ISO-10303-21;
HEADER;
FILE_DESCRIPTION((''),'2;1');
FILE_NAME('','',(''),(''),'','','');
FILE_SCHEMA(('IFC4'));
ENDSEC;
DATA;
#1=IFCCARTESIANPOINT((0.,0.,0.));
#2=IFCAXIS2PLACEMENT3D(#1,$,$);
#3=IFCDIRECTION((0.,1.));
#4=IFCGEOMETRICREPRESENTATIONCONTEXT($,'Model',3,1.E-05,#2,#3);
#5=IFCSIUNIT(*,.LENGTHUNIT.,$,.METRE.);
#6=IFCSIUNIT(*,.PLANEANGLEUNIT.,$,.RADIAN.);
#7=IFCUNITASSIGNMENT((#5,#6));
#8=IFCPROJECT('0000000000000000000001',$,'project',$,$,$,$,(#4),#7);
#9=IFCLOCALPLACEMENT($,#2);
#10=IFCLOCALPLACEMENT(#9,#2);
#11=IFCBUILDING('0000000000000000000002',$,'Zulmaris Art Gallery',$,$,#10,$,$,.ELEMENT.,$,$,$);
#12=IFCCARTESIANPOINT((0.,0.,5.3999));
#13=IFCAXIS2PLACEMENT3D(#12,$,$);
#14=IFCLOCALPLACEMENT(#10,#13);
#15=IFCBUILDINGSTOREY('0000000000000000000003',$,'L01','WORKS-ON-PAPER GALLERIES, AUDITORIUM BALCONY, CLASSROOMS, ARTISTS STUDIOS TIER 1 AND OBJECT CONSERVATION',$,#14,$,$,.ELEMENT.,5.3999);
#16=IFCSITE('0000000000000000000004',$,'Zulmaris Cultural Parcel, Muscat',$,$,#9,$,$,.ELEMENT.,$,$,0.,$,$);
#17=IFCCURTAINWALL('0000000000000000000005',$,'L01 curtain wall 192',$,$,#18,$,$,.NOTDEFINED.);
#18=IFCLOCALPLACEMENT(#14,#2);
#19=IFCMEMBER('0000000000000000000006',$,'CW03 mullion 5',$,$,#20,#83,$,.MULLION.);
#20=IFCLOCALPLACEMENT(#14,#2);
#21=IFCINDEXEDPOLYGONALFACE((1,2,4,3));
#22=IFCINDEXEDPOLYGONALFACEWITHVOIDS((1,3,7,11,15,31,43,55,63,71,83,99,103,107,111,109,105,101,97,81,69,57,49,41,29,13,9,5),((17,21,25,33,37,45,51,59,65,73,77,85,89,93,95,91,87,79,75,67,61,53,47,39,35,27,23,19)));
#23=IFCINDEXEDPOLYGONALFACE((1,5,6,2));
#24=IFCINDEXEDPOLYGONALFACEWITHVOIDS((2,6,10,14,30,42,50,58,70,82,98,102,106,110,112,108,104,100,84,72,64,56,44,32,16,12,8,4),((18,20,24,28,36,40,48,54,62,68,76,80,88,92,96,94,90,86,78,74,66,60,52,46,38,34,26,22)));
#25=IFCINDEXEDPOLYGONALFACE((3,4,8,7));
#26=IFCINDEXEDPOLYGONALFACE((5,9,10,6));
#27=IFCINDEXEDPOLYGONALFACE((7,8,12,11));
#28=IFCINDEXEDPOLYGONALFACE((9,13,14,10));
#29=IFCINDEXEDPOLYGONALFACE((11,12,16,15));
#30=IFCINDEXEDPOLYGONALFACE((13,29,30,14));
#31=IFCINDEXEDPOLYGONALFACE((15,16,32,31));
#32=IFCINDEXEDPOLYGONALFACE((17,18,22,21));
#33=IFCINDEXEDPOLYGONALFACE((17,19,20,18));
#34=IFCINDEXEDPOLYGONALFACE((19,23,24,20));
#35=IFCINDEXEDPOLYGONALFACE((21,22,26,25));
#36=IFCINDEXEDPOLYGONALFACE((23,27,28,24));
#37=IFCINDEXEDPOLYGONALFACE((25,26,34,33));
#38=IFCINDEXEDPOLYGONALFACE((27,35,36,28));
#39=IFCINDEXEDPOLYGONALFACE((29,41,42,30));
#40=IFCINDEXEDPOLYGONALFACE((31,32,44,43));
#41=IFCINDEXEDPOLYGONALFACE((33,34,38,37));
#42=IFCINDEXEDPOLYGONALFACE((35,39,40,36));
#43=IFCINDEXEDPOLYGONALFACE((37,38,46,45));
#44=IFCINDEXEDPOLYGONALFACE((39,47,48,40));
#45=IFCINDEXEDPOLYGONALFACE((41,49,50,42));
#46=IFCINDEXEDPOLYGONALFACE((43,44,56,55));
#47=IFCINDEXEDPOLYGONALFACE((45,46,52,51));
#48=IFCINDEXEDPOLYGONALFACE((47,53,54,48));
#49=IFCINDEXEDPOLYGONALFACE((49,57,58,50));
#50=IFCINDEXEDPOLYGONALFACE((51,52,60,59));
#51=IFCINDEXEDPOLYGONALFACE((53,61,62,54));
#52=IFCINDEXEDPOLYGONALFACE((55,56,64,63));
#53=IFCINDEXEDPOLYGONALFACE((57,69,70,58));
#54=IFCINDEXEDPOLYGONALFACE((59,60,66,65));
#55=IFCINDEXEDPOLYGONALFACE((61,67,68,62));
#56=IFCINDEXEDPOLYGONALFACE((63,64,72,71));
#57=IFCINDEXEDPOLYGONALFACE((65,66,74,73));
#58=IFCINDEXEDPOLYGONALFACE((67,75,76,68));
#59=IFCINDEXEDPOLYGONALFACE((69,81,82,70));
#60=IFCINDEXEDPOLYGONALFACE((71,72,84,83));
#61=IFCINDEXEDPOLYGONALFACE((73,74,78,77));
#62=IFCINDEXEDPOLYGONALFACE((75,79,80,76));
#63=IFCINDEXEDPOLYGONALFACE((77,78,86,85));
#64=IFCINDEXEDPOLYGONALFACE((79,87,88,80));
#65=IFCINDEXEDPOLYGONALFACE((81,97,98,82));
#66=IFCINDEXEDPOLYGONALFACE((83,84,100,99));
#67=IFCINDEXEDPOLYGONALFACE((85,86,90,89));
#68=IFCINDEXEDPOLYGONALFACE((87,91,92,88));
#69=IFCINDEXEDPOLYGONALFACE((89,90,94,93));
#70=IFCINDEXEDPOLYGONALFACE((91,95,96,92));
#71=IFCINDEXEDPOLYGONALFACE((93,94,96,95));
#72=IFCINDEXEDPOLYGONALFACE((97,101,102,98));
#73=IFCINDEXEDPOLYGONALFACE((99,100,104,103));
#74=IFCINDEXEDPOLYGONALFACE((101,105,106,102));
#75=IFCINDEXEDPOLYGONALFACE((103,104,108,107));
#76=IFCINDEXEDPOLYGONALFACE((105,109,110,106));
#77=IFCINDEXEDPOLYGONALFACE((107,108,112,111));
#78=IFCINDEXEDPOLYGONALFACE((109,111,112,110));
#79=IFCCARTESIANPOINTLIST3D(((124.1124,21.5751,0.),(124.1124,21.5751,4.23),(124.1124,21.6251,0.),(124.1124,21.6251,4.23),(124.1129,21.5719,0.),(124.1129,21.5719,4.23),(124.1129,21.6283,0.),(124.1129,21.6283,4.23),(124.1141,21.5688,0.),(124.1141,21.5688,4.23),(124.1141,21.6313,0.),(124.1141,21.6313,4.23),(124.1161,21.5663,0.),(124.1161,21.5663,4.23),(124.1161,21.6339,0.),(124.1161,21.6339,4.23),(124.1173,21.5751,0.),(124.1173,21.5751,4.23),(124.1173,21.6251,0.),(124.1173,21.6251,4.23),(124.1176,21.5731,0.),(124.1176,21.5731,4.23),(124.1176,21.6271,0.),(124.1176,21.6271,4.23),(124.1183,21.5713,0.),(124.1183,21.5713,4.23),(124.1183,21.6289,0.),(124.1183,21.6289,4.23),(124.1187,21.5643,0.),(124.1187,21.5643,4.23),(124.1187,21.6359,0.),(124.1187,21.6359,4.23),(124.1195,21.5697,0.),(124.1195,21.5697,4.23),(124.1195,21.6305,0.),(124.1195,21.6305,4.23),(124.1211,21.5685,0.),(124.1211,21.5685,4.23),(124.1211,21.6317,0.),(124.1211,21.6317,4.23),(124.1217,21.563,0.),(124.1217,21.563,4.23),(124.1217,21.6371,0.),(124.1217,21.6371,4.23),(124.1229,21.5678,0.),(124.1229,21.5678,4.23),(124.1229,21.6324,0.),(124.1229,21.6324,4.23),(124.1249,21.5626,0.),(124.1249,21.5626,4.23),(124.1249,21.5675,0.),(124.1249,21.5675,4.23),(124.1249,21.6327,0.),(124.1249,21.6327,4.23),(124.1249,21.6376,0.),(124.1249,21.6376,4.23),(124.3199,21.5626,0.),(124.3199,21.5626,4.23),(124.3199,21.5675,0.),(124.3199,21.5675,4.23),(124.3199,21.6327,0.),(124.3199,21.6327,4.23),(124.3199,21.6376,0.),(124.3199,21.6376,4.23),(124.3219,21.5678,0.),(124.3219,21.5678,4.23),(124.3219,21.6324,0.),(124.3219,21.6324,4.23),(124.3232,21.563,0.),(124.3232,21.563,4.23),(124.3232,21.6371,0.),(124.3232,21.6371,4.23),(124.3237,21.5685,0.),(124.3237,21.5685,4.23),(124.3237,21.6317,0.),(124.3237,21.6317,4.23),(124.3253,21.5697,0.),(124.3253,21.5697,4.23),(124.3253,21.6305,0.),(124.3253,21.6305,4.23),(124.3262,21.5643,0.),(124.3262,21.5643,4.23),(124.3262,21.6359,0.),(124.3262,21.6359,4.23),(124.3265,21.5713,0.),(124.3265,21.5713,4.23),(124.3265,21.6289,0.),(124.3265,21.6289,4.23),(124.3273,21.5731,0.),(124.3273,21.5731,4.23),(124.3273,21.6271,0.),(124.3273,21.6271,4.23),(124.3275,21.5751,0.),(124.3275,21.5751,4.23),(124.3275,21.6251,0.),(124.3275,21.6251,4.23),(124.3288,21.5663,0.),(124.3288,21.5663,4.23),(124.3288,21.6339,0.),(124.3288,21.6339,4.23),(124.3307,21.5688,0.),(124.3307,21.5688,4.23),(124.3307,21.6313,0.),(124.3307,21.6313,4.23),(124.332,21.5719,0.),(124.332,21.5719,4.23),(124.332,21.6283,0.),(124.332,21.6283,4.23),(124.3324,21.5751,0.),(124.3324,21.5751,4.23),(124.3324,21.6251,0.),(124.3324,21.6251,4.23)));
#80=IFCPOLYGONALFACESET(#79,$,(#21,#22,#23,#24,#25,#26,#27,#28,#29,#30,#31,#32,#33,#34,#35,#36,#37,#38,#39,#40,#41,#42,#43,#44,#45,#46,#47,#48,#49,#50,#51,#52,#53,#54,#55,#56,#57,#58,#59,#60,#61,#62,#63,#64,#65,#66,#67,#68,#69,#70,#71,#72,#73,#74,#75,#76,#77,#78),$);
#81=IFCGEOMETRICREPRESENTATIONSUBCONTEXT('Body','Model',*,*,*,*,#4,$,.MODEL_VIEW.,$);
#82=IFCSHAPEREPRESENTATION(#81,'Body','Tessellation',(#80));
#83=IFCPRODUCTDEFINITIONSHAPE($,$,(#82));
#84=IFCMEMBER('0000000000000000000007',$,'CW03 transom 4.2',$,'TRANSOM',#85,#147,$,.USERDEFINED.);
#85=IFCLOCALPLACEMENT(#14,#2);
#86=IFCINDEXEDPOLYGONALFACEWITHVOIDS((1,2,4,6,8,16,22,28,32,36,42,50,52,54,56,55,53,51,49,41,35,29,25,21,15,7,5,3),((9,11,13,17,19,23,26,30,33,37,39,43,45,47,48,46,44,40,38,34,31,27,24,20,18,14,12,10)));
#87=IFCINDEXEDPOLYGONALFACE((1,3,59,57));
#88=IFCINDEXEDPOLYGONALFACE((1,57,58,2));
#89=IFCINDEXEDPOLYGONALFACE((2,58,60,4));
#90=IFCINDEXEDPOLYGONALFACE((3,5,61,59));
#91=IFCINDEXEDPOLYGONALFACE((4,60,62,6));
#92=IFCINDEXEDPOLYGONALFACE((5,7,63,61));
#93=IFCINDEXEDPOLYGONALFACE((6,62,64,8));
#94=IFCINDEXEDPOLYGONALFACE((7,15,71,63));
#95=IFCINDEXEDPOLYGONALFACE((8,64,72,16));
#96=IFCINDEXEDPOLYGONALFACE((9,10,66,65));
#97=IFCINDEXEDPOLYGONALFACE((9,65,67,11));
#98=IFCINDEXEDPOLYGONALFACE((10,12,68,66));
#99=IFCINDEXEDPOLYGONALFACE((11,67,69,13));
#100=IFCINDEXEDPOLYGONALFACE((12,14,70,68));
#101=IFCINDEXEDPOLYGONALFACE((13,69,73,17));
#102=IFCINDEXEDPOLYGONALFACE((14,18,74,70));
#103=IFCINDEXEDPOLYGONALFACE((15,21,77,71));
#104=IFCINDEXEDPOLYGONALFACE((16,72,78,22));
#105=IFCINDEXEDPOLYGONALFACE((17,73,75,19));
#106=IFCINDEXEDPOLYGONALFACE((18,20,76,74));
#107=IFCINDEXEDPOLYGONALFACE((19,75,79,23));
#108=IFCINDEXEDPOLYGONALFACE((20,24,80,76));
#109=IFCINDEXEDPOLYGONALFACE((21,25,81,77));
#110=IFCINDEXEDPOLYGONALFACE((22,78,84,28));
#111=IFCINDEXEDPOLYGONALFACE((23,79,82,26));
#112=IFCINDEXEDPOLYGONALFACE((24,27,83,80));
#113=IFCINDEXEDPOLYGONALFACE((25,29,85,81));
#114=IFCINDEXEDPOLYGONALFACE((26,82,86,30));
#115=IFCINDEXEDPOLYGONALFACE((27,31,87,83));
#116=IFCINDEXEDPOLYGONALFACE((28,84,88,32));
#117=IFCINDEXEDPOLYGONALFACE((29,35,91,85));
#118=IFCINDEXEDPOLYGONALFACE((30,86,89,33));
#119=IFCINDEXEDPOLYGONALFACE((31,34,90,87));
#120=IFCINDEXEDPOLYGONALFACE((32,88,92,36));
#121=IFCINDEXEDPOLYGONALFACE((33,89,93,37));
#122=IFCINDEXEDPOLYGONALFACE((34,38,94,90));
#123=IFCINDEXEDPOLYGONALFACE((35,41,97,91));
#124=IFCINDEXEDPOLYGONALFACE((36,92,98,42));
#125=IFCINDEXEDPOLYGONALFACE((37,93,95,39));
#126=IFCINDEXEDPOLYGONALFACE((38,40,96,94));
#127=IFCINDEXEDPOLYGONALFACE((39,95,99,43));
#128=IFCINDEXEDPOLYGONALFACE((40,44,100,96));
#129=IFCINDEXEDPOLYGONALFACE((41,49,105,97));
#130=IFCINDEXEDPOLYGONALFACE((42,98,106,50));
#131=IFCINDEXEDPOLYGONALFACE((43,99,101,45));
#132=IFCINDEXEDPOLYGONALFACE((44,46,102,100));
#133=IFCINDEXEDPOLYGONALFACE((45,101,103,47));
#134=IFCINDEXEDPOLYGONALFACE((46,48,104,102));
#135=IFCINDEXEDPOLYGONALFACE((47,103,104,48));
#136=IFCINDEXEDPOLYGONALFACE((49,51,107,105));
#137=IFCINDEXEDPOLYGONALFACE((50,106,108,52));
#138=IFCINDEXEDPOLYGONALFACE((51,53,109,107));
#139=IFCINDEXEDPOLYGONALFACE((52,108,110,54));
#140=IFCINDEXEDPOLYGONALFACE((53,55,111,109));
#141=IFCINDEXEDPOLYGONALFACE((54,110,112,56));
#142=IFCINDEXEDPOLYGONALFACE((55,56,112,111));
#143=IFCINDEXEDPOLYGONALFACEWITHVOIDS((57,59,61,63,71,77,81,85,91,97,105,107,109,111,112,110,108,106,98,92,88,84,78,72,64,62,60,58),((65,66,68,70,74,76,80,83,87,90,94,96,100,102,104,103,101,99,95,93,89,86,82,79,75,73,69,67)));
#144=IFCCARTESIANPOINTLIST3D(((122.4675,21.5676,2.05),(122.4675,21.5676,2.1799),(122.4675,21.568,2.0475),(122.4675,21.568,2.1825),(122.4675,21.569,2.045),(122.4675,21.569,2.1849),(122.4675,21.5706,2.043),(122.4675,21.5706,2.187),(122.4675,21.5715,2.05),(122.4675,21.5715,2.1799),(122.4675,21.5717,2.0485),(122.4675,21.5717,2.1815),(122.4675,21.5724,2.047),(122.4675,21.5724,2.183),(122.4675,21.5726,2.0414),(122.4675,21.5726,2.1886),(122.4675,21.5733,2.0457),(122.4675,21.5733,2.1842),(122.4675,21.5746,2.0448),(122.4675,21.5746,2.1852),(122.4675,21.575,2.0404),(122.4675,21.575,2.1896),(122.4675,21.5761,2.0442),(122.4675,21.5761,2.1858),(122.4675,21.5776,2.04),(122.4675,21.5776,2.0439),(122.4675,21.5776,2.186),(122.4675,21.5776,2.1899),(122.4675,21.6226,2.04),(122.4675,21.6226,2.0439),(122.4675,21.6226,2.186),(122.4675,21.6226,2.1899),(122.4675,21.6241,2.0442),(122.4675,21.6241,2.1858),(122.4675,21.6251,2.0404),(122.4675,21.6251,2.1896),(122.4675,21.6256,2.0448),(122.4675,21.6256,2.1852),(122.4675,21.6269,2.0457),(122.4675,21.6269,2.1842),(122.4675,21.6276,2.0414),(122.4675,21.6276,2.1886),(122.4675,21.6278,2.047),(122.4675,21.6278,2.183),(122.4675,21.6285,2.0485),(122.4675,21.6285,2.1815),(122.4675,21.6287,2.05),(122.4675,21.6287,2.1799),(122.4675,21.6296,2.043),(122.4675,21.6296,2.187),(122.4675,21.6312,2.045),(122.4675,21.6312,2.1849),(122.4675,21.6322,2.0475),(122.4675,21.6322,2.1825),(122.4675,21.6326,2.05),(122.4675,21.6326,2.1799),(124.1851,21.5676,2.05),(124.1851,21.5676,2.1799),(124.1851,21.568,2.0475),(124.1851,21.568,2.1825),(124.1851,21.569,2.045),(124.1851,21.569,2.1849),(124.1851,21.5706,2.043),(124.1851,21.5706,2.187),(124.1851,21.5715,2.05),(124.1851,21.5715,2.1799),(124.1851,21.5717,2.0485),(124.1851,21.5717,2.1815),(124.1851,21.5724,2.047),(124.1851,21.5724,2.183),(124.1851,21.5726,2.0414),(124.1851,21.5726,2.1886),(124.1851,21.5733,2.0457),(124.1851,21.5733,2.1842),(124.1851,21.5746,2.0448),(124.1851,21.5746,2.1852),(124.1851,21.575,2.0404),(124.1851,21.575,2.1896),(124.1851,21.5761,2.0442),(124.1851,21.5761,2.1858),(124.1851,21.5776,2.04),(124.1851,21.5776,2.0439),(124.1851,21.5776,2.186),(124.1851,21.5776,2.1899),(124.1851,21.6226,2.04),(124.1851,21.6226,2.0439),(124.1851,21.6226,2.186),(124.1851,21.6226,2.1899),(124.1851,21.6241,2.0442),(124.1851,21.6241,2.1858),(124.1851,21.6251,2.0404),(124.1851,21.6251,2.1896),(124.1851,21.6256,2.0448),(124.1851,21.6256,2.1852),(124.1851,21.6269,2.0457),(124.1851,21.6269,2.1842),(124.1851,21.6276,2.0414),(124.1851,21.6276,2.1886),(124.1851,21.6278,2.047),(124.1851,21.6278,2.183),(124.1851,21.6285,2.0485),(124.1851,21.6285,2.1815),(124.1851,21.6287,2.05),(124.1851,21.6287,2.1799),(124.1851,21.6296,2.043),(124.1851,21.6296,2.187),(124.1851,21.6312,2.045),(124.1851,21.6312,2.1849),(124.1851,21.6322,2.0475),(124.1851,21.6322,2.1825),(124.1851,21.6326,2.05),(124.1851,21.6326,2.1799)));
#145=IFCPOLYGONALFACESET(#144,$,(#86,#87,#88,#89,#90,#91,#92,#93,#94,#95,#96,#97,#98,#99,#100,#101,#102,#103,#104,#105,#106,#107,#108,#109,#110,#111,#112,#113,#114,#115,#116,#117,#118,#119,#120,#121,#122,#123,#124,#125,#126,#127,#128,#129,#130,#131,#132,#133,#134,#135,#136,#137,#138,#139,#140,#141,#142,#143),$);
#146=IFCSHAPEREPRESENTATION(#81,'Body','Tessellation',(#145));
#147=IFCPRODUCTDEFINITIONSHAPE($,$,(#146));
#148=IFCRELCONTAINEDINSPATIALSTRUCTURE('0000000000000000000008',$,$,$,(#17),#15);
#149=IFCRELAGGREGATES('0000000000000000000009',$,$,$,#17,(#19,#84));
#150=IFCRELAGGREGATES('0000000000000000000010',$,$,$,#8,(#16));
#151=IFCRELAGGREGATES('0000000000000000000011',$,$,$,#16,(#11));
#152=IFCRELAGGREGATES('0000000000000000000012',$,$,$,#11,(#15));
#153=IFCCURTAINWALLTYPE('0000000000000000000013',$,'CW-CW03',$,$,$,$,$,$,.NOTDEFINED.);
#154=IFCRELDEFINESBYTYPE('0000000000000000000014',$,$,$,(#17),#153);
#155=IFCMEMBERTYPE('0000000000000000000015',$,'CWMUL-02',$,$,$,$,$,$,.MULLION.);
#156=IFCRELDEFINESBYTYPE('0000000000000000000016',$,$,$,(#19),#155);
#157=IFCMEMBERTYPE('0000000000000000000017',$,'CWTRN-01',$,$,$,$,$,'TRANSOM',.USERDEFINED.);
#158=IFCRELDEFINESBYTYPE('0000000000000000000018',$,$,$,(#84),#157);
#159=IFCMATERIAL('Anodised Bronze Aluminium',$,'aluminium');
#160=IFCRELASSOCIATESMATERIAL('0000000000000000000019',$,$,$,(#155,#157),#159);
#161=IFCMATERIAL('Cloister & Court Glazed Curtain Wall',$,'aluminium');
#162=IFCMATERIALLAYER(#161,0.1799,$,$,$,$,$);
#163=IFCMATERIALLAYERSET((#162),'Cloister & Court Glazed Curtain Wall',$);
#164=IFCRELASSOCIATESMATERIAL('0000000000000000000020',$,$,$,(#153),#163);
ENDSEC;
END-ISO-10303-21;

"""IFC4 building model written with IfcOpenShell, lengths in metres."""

from ifc_helpers import new_model, si_unit, direction, frame, origin, origin_2d, place, context, subcontext, project, spatial, hollow_rectangle, extrude, material, layer, layer_set, material_profile, profile_set, type_object, element, aggregate, save


model = new_model("IFC4")

# Units and contexts
model_context = context("Model", 3, precision=1e-05, world=origin(), true_north=direction((0.0, 1.0)))
body_context = subcontext(model_context, "Body", "Model", "MODEL_VIEW")
ifc_project = project(units=[si_unit("LENGTHUNIT", "METRE"), si_unit("PLANEANGLEUNIT", "RADIAN")], contexts=[model_context])

# Site, building, storey
site_placement = place(None, origin())
site = spatial("IfcSite", under=ifc_project, at=site_placement, Name="Zulmaris Cultural Parcel, Muscat", CompositionType="ELEMENT", RefElevation=0.0)
building_placement = place(site_placement, origin())
building = spatial("IfcBuilding", under=site, at=building_placement, Name="Zulmaris Art Gallery", CompositionType="ELEMENT")
storey_placement = place(building_placement, frame((0.0, 0.0, 5.3999)))
storey = spatial("IfcBuildingStorey", under=building, at=storey_placement, Name="L01", Description="WORKS-ON-PAPER GALLERIES, AUDITORIUM BALCONY, CLASSROOMS, ARTISTS STUDIOS TIER 1 AND OBJECT CONSERVATION", CompositionType="ELEMENT", Elevation=5.3999)

# Shared definitions
ifc_material_1 = material(Name="Anodised Bronze Aluminium", Category="aluminium")
ifc_material_profile_1 = material_profile(ifc_material_1, hollow_rectangle(XDim=0.075, YDim=0.22, WallThickness=0.0049, InnerFilletRadius=0.0076, OuterFilletRadius=0.0125, at=origin_2d()), Name="ALU 75x220x5")
ifc_profile_set_1 = profile_set([ifc_material_profile_1], Name="Anodised Bronze Aluminium")
member_type_1 = type_object("IfcMemberType", Name="CWMUL-02", PredefinedType="MULLION", material=ifc_profile_set_1)

# Curtain wall, members
ifc_material_2 = material(Name="Cloister & Court Glazed Curtain Wall", Category="aluminium")
ifc_layer_1 = layer(ifc_material_2, 0.1799)
ifc_layer_set_1 = layer_set([ifc_layer_1], Name="Cloister & Court Glazed Curtain Wall")
curtain_wall_type_1 = type_object("IfcCurtainWallType", Name="CW-CW03", PredefinedType="NOTDEFINED", material=ifc_layer_set_1)
curtain_wall_1_placement = place(storey_placement, origin())
curtain_wall_1 = element("IfcCurtainWall", 1, at=curtain_wall_1_placement, inside=storey, type_object=curtain_wall_type_1, Name="L01 curtain wall 192", PredefinedType="NOTDEFINED")
member_1_placement = place(storey_placement, frame((124.2224, 21.6001, 0.0), z_axis=(0.0, 0.0, 1.0), x_axis=(0.0, 1.0, 0.0)))
member_1 = element("IfcMember", 2, at=member_1_placement, type_object=member_type_1, Name="CW03 mullion 5", PredefinedType="MULLION", context=body_context, shape_type="SweptSolid", body=[
    extrude(hollow_rectangle(XDim=0.075, YDim=0.22, WallThickness=0.0049, InnerFilletRadius=0.0076, OuterFilletRadius=0.0125, at=origin_2d()), origin(), (0.0, 0.0, 1.0), 4.23),
])
ifc_material_profile_2 = material_profile(ifc_material_1, hollow_rectangle(XDim=0.0649, YDim=0.1499, WallThickness=0.0039, InnerFilletRadius=0.0061, OuterFilletRadius=0.01, at=origin_2d()), Name="ALU 65x150x4")
ifc_profile_set_2 = profile_set([ifc_material_profile_2], Name="Anodised Bronze Aluminium")
member_type_2 = type_object("IfcMemberType", Name="CWTRN-01", ElementType="TRANSOM", PredefinedType="USERDEFINED", material=ifc_profile_set_2)
member_2_placement = place(storey_placement, frame((122.4675, 21.6001, 2.115), z_axis=(1.0, 0.0, 0.0), x_axis=(0.0, 1.0, 0.0)))
member_2 = element("IfcMember", 3, at=member_2_placement, type_object=member_type_2, Name="CW03 transom 4.2", ObjectType="TRANSOM", PredefinedType="USERDEFINED", context=body_context, shape_type="SweptSolid", body=[
    extrude(hollow_rectangle(XDim=0.0649, YDim=0.1499, WallThickness=0.0039, InnerFilletRadius=0.0061, OuterFilletRadius=0.01, at=origin_2d()), origin(), (0.0, 0.0, 1.0), 1.7175),
])
aggregate(curtain_wall_1, [member_1, member_2])

save(model, "model.ifc")
